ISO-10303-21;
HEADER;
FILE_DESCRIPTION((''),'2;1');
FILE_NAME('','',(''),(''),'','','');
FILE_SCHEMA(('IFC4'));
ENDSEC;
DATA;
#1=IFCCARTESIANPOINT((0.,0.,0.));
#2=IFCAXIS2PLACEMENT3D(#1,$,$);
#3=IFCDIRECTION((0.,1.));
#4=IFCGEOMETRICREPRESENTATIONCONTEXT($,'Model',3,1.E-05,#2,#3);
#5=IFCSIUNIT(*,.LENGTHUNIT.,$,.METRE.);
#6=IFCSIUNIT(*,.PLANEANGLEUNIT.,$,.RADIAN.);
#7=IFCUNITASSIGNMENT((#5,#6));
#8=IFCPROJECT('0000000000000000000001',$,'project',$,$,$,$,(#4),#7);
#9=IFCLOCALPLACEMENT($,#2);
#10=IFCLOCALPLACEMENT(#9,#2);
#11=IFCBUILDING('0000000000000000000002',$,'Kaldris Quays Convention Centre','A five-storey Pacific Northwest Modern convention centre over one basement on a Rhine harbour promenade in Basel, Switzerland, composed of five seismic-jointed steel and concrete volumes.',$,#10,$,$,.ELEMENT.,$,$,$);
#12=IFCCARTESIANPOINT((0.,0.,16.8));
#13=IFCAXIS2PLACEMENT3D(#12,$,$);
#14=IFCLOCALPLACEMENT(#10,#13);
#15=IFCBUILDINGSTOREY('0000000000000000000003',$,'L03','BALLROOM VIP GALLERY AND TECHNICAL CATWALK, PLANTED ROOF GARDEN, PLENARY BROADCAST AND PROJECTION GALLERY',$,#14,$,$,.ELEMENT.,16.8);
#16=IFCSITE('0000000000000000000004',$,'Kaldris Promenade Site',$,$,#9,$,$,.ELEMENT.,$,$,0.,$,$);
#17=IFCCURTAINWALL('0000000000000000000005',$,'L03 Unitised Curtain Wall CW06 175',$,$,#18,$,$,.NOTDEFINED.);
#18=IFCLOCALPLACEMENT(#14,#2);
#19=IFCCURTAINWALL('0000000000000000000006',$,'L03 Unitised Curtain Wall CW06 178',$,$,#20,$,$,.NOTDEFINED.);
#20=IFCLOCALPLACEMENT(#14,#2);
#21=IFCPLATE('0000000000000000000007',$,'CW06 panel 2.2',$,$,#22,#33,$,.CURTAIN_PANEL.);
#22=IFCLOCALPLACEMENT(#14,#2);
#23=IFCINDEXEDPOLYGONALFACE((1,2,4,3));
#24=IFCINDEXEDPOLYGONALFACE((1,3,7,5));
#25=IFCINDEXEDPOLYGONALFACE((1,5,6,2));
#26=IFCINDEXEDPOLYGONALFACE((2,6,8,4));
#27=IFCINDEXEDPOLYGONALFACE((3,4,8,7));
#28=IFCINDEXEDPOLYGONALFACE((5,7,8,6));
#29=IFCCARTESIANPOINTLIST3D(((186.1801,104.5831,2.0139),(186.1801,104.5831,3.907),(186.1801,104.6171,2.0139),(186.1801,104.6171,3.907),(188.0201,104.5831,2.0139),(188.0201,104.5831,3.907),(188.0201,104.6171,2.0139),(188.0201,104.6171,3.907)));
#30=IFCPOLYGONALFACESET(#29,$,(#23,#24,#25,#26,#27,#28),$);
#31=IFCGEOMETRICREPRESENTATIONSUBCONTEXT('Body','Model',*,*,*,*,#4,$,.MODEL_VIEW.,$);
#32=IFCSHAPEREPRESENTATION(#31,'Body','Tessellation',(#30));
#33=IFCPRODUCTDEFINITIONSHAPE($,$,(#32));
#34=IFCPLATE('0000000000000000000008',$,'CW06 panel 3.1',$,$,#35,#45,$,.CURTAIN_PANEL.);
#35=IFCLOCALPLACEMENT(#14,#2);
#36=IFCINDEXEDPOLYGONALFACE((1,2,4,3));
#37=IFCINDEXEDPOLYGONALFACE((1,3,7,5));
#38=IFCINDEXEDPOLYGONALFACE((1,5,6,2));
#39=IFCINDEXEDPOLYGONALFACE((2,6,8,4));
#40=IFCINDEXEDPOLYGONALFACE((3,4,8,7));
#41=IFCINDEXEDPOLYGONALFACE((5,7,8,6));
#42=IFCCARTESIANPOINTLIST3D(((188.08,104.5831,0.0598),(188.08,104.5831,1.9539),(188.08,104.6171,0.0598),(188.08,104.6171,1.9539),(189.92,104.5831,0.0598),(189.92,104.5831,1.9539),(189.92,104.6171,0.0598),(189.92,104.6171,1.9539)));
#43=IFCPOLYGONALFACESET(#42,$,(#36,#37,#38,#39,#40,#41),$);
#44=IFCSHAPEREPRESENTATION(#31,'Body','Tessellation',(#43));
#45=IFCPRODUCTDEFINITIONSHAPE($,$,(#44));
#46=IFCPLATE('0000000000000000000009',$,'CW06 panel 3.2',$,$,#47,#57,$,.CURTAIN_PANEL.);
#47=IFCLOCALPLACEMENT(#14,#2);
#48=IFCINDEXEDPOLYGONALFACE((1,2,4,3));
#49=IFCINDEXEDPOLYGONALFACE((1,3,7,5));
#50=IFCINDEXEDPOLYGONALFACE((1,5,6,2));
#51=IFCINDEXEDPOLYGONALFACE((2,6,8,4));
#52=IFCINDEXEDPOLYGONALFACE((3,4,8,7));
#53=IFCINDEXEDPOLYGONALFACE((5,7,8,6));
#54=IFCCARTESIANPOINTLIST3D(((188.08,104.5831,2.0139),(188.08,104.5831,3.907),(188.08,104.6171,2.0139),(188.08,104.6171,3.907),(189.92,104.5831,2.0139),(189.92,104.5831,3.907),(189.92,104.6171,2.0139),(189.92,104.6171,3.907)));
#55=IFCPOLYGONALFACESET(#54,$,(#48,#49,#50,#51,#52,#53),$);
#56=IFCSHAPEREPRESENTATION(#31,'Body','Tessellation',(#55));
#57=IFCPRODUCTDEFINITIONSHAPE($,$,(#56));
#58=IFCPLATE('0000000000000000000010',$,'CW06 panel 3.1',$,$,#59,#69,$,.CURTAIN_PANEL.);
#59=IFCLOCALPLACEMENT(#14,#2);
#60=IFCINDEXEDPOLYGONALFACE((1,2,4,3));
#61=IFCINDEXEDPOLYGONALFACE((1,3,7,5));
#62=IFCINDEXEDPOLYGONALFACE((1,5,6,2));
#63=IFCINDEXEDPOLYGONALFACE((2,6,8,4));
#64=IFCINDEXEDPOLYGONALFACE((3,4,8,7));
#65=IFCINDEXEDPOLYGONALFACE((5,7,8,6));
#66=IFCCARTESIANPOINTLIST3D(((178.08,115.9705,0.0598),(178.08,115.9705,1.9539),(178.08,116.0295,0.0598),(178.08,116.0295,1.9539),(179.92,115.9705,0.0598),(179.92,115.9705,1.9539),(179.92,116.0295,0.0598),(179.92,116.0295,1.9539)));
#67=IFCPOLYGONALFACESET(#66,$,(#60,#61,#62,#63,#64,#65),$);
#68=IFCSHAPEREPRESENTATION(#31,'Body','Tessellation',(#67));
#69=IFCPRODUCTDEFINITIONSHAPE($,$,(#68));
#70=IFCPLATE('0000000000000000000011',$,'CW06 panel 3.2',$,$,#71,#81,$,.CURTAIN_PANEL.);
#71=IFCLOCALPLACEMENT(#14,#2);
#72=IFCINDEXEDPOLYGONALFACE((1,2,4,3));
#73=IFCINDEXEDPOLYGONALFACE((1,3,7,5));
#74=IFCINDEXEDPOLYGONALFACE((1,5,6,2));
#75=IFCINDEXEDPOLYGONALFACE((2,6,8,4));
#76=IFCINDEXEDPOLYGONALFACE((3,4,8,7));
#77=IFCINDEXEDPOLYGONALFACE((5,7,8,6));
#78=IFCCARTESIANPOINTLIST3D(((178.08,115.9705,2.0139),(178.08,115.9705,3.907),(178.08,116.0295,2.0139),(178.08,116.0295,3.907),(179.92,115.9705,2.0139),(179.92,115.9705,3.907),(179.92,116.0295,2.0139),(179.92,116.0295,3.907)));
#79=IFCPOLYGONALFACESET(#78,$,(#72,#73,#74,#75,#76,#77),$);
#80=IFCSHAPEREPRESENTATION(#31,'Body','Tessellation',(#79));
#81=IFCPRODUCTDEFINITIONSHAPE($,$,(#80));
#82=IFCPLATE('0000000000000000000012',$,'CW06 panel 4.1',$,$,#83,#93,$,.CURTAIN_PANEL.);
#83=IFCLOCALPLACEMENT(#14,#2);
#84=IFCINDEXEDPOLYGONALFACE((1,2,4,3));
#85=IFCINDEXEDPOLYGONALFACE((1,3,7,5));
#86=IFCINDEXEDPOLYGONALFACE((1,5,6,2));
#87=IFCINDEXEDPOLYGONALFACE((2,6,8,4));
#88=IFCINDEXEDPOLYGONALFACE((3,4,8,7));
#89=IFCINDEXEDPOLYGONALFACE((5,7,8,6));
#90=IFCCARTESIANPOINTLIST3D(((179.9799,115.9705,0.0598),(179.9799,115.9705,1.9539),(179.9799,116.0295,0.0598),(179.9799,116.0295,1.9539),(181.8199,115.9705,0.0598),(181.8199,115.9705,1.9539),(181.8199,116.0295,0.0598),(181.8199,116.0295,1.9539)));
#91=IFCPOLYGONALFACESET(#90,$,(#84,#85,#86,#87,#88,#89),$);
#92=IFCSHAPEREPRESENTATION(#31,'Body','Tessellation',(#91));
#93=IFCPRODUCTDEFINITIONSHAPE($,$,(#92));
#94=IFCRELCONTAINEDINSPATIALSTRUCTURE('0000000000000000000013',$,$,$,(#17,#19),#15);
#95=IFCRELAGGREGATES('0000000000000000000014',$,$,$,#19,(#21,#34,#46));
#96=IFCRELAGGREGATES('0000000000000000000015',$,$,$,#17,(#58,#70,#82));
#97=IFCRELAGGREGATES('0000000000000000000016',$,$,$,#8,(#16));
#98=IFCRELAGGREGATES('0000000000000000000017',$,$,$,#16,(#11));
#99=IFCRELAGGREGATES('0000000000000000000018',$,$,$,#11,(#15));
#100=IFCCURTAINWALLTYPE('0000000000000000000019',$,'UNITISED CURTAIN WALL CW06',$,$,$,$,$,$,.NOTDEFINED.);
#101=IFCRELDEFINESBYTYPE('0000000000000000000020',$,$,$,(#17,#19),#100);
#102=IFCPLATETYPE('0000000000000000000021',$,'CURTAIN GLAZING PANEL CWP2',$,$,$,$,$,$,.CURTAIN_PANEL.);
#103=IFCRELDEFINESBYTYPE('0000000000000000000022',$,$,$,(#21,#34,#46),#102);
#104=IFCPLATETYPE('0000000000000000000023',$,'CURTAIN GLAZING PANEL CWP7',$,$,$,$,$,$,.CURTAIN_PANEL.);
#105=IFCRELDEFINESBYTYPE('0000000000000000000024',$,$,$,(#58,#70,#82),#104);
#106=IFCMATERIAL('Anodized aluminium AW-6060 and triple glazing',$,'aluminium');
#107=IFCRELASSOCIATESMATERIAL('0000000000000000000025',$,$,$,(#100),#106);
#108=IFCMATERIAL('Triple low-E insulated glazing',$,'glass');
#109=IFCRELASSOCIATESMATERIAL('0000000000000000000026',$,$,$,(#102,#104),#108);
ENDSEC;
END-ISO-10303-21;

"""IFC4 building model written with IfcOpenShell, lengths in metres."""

from ifc_helpers import new_model, si_unit, direction, frame, origin, origin_2d, place, context, subcontext, project, spatial, rectangle, extrude, material, type_object, element, aggregate, save


model = new_model("IFC4")

# Units and contexts
model_context = context("Model", 3, precision=1e-05, world=origin(), true_north=direction((0.0, 1.0)))
body_context = subcontext(model_context, "Body", "Model", "MODEL_VIEW")
ifc_project = project(units=[si_unit("LENGTHUNIT", "METRE"), si_unit("PLANEANGLEUNIT", "RADIAN")], contexts=[model_context])

# Site, building, storey
site_placement = place(None, origin())
site = spatial("IfcSite", under=ifc_project, at=site_placement, Name="Kaldris Promenade Site", CompositionType="ELEMENT", RefElevation=0.0)
building_placement = place(site_placement, origin())
building = spatial("IfcBuilding", under=site, at=building_placement, Name="Kaldris Quays Convention Centre", Description="A five-storey Pacific Northwest Modern convention centre over one basement on a Rhine harbour promenade in Basel, Switzerland, composed of five seismic-jointed steel and concrete volumes.", CompositionType="ELEMENT")
storey_placement = place(building_placement, frame((0.0, 0.0, 16.8)))
storey = spatial("IfcBuildingStorey", under=building, at=storey_placement, Name="L03", Description="BALLROOM VIP GALLERY AND TECHNICAL CATWALK, PLANTED ROOF GARDEN, PLENARY BROADCAST AND PROJECTION GALLERY", CompositionType="ELEMENT", Elevation=16.8)

# Curtain walls
ifc_material_1 = material(Name="Anodized aluminium AW-6060 and triple glazing", Category="aluminium")
curtain_wall_type = type_object("IfcCurtainWallType", Name="UNITISED CURTAIN WALL CW06", PredefinedType="NOTDEFINED", material=ifc_material_1)
curtain_wall_1_placement = place(storey_placement, origin())
curtain_wall_1 = element("IfcCurtainWall", 1, at=curtain_wall_1_placement, inside=storey, type_object=curtain_wall_type, Name="L03 Unitised Curtain Wall CW06 175", PredefinedType="NOTDEFINED")
curtain_wall_2_placement = place(storey_placement, origin())
curtain_wall_2 = element("IfcCurtainWall", 2, at=curtain_wall_2_placement, inside=storey, type_object=curtain_wall_type, Name="L03 Unitised Curtain Wall CW06 178", PredefinedType="NOTDEFINED")

# Plates
ifc_material_2 = material(Name="Triple low-E insulated glazing", Category="glass")
plate_type_1 = type_object("IfcPlateType", Name="CURTAIN GLAZING PANEL CWP2", PredefinedType="CURTAIN_PANEL", material=ifc_material_2)
plate_1_placement = place(storey_placement, frame((187.1001, 104.6001, 2.0139), z_axis=(0.0, 0.0, 1.0), x_axis=(1.0, 0.0, 0.0)))
plate_1 = element("IfcPlate", 3, at=plate_1_placement, type_object=plate_type_1, Name="CW06 panel 2.2", PredefinedType="CURTAIN_PANEL", context=body_context, shape_type="SweptSolid", body=[
    extrude(rectangle(XDim=1.8401, YDim=0.0339, at=origin_2d()), origin(), (0.0, 0.0, 1.0), 1.8931),
])
plate_2_placement = place(storey_placement, frame((189.0, 104.6001, 0.0598), z_axis=(0.0, 0.0, 1.0), x_axis=(1.0, 0.0, 0.0)))
plate_2 = element("IfcPlate", 4, at=plate_2_placement, type_object=plate_type_1, Name="CW06 panel 3.1", PredefinedType="CURTAIN_PANEL", context=body_context, shape_type="SweptSolid", body=[
    extrude(rectangle(XDim=1.8401, YDim=0.0339, at=origin_2d()), origin(), (0.0, 0.0, 1.0), 1.894),
])
plate_3_placement = place(storey_placement, frame((189.0, 104.6001, 2.0139), z_axis=(0.0, 0.0, 1.0), x_axis=(1.0, 0.0, 0.0)))
plate_3 = element("IfcPlate", 5, at=plate_3_placement, type_object=plate_type_1, Name="CW06 panel 3.2", PredefinedType="CURTAIN_PANEL", context=body_context, shape_type="SweptSolid", body=[
    extrude(rectangle(XDim=1.8401, YDim=0.0339, at=origin_2d()), origin(), (0.0, 0.0, 1.0), 1.8931),
])
aggregate(curtain_wall_2, [plate_1, plate_2, plate_3])
plate_type_2 = type_object("IfcPlateType", Name="CURTAIN GLAZING PANEL CWP7", PredefinedType="CURTAIN_PANEL", material=ifc_material_2)
plate_4_placement = place(storey_placement, frame((179.0, 116.0, 0.0598), z_axis=(0.0, 0.0, 1.0), x_axis=(1.0, 0.0, 0.0)))
plate_4 = element("IfcPlate", 6, at=plate_4_placement, type_object=plate_type_2, Name="CW06 panel 3.1", PredefinedType="CURTAIN_PANEL", context=body_context, shape_type="SweptSolid", body=[
    extrude(rectangle(XDim=1.8401, YDim=0.0591, at=origin_2d()), origin(), (0.0, 0.0, 1.0), 1.894),
])
plate_5_placement = place(storey_placement, frame((179.0, 116.0, 2.0139), z_axis=(0.0, 0.0, 1.0), x_axis=(1.0, 0.0, 0.0)))
plate_5 = element("IfcPlate", 7, at=plate_5_placement, type_object=plate_type_2, Name="CW06 panel 3.2", PredefinedType="CURTAIN_PANEL", context=body_context, shape_type="SweptSolid", body=[
    extrude(rectangle(XDim=1.8401, YDim=0.0591, at=origin_2d()), origin(), (0.0, 0.0, 1.0), 1.8931),
])
plate_6_placement = place(storey_placement, frame((180.8999, 116.0, 0.0598), z_axis=(0.0, 0.0, 1.0), x_axis=(1.0, 0.0, 0.0)))
plate_6 = element("IfcPlate", 8, at=plate_6_placement, type_object=plate_type_2, Name="CW06 panel 4.1", PredefinedType="CURTAIN_PANEL", context=body_context, shape_type="SweptSolid", body=[
    extrude(rectangle(XDim=1.8401, YDim=0.0591, at=origin_2d()), origin(), (0.0, 0.0, 1.0), 1.894),
])
aggregate(curtain_wall_1, [plate_4, plate_5, plate_6])

save(model, "model.ifc")
